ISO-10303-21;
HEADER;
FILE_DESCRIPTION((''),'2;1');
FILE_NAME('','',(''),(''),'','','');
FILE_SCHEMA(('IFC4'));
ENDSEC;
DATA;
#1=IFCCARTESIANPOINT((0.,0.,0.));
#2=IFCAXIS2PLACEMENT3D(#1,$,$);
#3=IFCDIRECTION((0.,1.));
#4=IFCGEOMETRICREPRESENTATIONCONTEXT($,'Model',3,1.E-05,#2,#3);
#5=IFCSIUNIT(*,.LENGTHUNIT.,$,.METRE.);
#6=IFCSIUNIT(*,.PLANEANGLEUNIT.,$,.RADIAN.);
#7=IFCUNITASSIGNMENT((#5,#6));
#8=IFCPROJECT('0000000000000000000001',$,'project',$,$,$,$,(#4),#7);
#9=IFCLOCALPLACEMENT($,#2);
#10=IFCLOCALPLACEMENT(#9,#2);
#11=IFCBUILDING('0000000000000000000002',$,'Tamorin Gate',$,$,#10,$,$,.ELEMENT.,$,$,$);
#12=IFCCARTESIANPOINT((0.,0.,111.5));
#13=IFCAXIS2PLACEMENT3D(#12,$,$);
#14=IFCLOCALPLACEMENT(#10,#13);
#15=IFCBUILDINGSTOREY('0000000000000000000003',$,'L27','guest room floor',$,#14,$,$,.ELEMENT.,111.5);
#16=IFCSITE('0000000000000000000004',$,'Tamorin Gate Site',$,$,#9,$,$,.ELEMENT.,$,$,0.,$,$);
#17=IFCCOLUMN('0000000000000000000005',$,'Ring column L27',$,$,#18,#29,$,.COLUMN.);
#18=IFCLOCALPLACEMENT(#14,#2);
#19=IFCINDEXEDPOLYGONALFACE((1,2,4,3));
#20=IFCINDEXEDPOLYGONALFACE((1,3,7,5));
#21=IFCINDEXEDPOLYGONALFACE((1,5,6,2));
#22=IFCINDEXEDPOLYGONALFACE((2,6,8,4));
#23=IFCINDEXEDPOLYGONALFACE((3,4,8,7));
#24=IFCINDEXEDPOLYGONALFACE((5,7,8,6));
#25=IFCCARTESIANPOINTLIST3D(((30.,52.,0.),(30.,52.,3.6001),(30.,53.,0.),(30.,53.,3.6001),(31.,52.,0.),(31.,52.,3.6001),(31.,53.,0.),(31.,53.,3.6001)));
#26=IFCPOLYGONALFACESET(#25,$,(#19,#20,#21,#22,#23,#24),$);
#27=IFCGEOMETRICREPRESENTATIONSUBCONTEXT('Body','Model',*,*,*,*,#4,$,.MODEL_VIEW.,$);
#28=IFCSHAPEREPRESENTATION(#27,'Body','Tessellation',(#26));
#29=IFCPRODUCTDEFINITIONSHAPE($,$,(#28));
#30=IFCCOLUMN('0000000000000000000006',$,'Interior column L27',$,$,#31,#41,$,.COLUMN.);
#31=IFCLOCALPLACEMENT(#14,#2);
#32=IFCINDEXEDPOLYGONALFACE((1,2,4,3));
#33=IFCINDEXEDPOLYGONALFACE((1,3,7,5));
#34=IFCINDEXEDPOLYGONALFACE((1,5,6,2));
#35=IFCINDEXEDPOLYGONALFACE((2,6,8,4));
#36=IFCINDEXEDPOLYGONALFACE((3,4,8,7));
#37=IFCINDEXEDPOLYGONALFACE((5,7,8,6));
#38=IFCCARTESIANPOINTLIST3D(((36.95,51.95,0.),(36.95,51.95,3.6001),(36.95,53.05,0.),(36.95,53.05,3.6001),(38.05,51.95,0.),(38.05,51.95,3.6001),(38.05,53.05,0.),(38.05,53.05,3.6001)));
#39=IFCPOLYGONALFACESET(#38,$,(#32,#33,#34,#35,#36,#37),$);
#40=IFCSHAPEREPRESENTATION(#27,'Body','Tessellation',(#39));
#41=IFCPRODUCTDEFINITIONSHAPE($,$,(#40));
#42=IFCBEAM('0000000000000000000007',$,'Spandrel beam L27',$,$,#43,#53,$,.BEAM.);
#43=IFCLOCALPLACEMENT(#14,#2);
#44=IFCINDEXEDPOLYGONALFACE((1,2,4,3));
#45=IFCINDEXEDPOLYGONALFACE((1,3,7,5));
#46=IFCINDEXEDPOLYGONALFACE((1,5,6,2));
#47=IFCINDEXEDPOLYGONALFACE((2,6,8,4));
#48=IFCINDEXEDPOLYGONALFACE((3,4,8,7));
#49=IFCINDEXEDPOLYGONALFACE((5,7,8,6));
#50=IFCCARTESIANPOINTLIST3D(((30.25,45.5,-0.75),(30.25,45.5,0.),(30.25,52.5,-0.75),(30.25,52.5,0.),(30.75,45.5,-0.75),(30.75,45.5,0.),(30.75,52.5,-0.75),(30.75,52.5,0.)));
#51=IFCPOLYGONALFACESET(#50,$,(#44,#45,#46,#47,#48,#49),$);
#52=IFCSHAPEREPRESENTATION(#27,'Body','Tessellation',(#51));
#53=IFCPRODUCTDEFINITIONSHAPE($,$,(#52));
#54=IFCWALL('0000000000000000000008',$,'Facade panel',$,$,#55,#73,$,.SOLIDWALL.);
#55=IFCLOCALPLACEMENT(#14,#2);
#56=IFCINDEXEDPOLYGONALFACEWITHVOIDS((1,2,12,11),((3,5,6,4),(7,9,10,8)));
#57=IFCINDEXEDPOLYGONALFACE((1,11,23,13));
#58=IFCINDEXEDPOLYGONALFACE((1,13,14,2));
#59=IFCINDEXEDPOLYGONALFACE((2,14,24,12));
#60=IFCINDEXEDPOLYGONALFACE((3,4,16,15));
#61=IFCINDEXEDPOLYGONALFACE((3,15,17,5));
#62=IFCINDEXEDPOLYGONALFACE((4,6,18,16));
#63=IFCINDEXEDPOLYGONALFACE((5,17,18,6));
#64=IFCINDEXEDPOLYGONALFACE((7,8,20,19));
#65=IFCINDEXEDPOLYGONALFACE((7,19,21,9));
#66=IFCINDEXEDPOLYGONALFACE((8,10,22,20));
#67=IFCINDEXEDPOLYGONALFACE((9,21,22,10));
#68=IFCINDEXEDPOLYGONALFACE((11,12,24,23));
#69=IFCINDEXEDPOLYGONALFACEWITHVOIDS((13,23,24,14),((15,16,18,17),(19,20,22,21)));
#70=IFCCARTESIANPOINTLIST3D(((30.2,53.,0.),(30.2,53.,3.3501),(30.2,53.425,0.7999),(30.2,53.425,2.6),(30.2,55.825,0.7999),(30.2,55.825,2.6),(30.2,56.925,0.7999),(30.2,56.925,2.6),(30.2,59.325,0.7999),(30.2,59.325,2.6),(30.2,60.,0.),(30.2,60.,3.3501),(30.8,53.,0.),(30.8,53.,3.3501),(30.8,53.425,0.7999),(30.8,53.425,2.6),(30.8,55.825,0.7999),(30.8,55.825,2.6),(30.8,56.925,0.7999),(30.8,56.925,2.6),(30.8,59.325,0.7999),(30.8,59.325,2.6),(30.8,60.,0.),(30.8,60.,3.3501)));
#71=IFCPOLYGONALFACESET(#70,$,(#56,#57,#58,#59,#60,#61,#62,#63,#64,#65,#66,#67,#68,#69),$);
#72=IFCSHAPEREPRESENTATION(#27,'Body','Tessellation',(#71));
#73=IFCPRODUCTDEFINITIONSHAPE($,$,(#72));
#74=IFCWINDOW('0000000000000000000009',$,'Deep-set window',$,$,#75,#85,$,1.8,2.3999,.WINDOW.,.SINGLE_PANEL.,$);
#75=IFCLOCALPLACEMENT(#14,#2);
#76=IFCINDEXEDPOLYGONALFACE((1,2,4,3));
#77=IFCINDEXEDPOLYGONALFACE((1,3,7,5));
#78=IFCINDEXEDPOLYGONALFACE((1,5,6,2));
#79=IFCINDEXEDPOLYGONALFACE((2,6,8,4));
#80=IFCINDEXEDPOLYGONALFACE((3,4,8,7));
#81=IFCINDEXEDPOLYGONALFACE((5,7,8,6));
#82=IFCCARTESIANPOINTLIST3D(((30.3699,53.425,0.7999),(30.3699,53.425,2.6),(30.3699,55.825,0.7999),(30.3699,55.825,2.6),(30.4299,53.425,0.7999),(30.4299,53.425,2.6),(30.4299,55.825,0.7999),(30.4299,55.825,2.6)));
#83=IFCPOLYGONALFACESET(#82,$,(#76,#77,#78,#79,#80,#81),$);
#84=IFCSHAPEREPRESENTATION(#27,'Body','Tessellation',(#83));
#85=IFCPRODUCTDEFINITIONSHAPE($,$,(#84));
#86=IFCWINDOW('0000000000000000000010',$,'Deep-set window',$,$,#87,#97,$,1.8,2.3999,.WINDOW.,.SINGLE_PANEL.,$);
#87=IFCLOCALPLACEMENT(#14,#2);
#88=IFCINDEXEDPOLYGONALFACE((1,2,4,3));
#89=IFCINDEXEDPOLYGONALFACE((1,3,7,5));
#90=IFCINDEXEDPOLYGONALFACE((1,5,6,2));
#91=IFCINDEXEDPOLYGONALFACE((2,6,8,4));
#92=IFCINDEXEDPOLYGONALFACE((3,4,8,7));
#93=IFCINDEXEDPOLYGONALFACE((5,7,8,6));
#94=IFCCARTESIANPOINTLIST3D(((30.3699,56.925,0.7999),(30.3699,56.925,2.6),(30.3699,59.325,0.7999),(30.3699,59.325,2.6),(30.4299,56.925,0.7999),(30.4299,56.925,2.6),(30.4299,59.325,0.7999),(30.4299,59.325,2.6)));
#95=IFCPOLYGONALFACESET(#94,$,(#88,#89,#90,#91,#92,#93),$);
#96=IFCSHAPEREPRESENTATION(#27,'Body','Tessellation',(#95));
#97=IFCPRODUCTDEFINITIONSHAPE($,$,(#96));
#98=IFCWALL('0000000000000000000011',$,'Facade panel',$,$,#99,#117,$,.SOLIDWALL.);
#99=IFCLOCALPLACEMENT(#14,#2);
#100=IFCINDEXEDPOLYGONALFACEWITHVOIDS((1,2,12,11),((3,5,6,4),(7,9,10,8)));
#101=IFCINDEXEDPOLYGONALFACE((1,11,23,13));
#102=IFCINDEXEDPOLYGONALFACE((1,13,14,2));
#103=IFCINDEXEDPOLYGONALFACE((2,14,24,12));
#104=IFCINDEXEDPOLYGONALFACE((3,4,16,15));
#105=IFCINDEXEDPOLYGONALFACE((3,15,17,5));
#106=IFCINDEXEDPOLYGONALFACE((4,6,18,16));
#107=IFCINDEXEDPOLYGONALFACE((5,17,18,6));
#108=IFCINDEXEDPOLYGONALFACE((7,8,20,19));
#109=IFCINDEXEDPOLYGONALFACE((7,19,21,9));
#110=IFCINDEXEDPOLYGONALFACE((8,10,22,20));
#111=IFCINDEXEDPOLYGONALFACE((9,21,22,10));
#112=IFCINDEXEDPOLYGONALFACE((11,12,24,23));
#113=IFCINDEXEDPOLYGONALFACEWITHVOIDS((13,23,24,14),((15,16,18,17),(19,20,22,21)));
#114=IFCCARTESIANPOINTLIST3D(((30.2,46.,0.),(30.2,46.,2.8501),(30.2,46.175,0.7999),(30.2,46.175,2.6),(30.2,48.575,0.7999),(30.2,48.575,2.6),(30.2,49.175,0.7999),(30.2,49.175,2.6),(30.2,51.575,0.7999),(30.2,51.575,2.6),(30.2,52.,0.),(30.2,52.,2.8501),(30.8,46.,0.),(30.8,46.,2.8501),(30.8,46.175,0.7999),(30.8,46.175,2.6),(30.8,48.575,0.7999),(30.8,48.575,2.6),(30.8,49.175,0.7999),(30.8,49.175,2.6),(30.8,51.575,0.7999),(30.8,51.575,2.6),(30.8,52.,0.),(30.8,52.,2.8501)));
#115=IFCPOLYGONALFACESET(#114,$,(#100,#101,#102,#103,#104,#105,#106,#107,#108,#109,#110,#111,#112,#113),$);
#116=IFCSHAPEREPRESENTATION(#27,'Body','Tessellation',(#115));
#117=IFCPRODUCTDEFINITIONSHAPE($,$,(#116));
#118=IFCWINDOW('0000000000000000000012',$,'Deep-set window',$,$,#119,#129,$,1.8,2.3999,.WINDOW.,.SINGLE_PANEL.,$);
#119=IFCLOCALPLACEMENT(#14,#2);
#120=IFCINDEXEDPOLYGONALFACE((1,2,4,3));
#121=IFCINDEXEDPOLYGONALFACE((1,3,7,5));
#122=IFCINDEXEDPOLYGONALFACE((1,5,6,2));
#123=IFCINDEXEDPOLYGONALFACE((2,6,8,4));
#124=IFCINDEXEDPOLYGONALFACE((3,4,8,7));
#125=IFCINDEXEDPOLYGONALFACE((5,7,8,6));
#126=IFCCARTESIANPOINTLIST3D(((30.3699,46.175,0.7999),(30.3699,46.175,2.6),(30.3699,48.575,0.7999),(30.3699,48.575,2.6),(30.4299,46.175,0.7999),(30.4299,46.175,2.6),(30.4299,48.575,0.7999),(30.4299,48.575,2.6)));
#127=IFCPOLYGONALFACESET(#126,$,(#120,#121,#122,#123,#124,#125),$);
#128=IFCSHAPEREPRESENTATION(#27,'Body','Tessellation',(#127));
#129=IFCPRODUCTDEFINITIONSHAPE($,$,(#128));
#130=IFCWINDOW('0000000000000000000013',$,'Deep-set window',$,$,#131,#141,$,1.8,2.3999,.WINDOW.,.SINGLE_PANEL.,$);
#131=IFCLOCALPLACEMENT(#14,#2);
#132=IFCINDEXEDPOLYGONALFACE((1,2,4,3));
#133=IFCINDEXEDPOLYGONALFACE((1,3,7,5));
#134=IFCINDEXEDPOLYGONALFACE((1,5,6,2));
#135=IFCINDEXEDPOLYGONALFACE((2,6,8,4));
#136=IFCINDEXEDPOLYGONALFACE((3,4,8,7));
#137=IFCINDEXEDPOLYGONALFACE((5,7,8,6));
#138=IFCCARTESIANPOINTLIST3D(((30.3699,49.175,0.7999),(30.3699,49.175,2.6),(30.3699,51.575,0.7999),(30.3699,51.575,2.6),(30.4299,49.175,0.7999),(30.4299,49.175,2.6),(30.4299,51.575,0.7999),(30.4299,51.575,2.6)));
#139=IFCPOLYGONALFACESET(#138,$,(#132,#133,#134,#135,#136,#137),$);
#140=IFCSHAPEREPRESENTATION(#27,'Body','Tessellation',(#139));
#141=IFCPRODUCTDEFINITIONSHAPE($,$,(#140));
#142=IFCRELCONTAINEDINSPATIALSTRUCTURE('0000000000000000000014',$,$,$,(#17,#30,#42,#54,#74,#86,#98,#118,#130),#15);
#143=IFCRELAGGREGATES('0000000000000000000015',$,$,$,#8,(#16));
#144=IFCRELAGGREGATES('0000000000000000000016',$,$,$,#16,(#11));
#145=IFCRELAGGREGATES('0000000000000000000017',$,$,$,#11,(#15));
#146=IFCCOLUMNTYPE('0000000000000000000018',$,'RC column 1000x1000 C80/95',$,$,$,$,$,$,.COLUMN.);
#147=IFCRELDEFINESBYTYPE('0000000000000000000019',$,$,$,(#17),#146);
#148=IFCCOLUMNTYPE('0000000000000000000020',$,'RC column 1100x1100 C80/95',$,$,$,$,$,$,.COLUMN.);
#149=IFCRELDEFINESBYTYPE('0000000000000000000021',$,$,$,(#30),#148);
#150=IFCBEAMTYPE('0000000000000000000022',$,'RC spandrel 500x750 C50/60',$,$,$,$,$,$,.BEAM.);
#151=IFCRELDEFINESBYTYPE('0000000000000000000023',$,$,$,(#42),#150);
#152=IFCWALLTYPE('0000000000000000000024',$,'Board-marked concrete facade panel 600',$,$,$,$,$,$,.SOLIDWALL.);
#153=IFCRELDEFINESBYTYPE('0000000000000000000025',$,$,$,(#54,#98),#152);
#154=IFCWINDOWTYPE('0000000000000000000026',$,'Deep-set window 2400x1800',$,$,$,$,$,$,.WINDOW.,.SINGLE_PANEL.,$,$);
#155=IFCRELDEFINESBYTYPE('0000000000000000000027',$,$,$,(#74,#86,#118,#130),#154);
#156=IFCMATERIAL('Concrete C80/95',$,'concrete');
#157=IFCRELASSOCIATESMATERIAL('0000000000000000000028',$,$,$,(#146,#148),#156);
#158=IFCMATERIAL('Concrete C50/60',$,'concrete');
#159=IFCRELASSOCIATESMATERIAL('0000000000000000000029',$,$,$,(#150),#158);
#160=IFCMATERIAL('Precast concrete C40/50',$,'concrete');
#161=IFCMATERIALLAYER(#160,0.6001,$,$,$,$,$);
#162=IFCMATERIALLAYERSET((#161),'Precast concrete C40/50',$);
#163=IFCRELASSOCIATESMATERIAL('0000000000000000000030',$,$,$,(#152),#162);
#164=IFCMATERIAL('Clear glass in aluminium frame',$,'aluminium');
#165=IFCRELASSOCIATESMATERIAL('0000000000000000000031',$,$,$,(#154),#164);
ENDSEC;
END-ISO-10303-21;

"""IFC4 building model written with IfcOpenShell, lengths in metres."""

from ifc_helpers import new_model, si_unit, direction, frame, frame_2d, origin, origin_2d, place, context, subcontext, project, spatial, rectangle, extrude, material, layer, layer_set, material_profile, profile_set, type_object, element, fill, save


model = new_model("IFC4")

# Units and contexts
model_context = context("Model", 3, precision=1e-05, world=origin(), true_north=direction((0.0, 1.0)))
body_context = subcontext(model_context, "Body", "Model", "MODEL_VIEW")
ifc_project = project(units=[si_unit("LENGTHUNIT", "METRE"), si_unit("PLANEANGLEUNIT", "RADIAN")], contexts=[model_context])

# Site, building, storey
site_placement = place(None, origin())
site = spatial("IfcSite", under=ifc_project, at=site_placement, Name="Tamorin Gate Site", CompositionType="ELEMENT", RefElevation=0.0)
building_placement = place(site_placement, origin())
building = spatial("IfcBuilding", under=site, at=building_placement, Name="Tamorin Gate", CompositionType="ELEMENT")
storey_placement = place(building_placement, frame((0.0, 0.0, 111.5)))
storey = spatial("IfcBuildingStorey", under=building, at=storey_placement, Name="L27", Description="guest room floor", CompositionType="ELEMENT", Elevation=111.5)

# Columns
ifc_material_1 = material(Name="Concrete C80/95", Category="concrete")
ifc_material_profile_1 = material_profile(ifc_material_1, rectangle(XDim=1.0, YDim=1.0, at=origin_2d()), Name="RC 1000x1000")
ifc_profile_set_1 = profile_set([ifc_material_profile_1], Name="Concrete C80/95")
column_type_1 = type_object("IfcColumnType", Name="RC column 1000x1000 C80/95", PredefinedType="COLUMN", material=ifc_profile_set_1)
column_1_placement = place(storey_placement, frame((30.5, 52.5, 0.0), z_axis=(0.0, 0.0, 1.0), x_axis=(1.0, 0.0, 0.0)))
element("IfcColumn", 1, at=column_1_placement, inside=storey, type_object=column_type_1, Name="Ring column L27", PredefinedType="COLUMN", context=body_context, shape_type="SweptSolid", body=[
    extrude(rectangle(XDim=1.0, YDim=1.0, at=origin_2d()), origin(), (0.0, 0.0, 1.0), 3.6001),
])
ifc_material_profile_2 = material_profile(ifc_material_1, rectangle(XDim=1.1001, YDim=1.1001, at=origin_2d()), Name="RC 1100x1100")
ifc_profile_set_2 = profile_set([ifc_material_profile_2], Name="Concrete C80/95")
column_type_2 = type_object("IfcColumnType", Name="RC column 1100x1100 C80/95", PredefinedType="COLUMN", material=ifc_profile_set_2)
column_2_placement = place(storey_placement, frame((37.5, 52.5, 0.0), z_axis=(0.0, 0.0, 1.0), x_axis=(1.0, 0.0, 0.0)))
element("IfcColumn", 2, at=column_2_placement, inside=storey, type_object=column_type_2, Name="Interior column L27", PredefinedType="COLUMN", context=body_context, shape_type="SweptSolid", body=[
    extrude(rectangle(XDim=1.1001, YDim=1.1001, at=origin_2d()), origin(), (0.0, 0.0, 1.0), 3.6001),
])

# Beam
ifc_material_2 = material(Name="Concrete C50/60", Category="concrete")
ifc_material_profile_3 = material_profile(ifc_material_2, rectangle(XDim=0.5, YDim=0.75, at=origin_2d()), Name="RC 500x750")
ifc_profile_set_3 = profile_set([ifc_material_profile_3], Name="Concrete C50/60")
beam_type = type_object("IfcBeamType", Name="RC spandrel 500x750 C50/60", PredefinedType="BEAM", material=ifc_profile_set_3)
beam_placement = place(storey_placement, frame((30.5, 52.5, -0.375), z_axis=(0.0, -1.0, 0.0), x_axis=(1.0, 0.0, 0.0)))
element("IfcBeam", 3, at=beam_placement, inside=storey, type_object=beam_type, Name="Spandrel beam L27", PredefinedType="BEAM", context=body_context, shape_type="SweptSolid", body=[
    extrude(rectangle(XDim=0.5, YDim=0.75, at=origin_2d()), origin(), (0.0, 0.0, 1.0), 7.0),
])

# Walls, openings, windows
ifc_material_3 = material(Name="Precast concrete C40/50", Category="concrete")
ifc_layer_1 = layer(ifc_material_3, 0.6001)
ifc_layer_set_1 = layer_set([ifc_layer_1], Name="Precast concrete C40/50")
wall_type_1 = type_object("IfcWallType", Name="Board-marked concrete facade panel 600", PredefinedType="SOLIDWALL", material=ifc_layer_set_1)
wall_1_placement = place(storey_placement, frame((30.5, 60.0, 0.0), z_axis=(0.0, 0.0, 1.0), x_axis=(0.0, -1.0, 0.0)))
wall_1 = element("IfcWall", 4, at=wall_1_placement, inside=storey, type_object=wall_type_1, Name="Facade panel", PredefinedType="SOLIDWALL", context=body_context, shape_type="SweptSolid", body=[
    extrude(rectangle(XDim=7.0, YDim=0.6001, at=frame_2d((3.5, 0.0))), origin(), (0.0, 0.0, 1.0), 3.3501),
])
opening_1_placement = place(wall_1_placement, frame((4.175, 0.0, 0.8)))
opening_1 = element("IfcOpeningElement", 5, at=opening_1_placement, cuts=wall_1, PredefinedType="OPENING", context=body_context, shape_type="SweptSolid", body=[
    extrude(rectangle(XDim=2.3999, YDim=1.8, at=frame_2d((1.2, 0.8999))), frame((0.0, 0.3101, 0.0), z_axis=(0.0, -1.0, 0.0), x_axis=(1.0, 0.0, 0.0)), (0.0, 0.0, 1.0), 0.6201),
])
opening_2_placement = place(wall_1_placement, frame((0.675, 0.0, 0.8)))
opening_2 = element("IfcOpeningElement", 6, at=opening_2_placement, cuts=wall_1, PredefinedType="OPENING", context=body_context, shape_type="SweptSolid", body=[
    extrude(rectangle(XDim=2.3999, YDim=1.8, at=frame_2d((1.2, 0.8999))), frame((0.0, 0.3101, 0.0), z_axis=(0.0, -1.0, 0.0), x_axis=(1.0, 0.0, 0.0)), (0.0, 0.0, 1.0), 0.6201),
])
ifc_material_4 = material(Name="Clear glass in aluminium frame", Category="aluminium")
window_type = type_object("IfcWindowType", Name="Deep-set window 2400x1800", PartitioningType="SINGLE_PANEL", PredefinedType="WINDOW", material=ifc_material_4)
window_1_placement = place(opening_1_placement, origin())
window_1 = element("IfcWindow", 7, at=window_1_placement, inside=storey, type_object=window_type, Name="Deep-set window", OverallHeight=1.8, OverallWidth=2.3999, PartitioningType="SINGLE_PANEL", PredefinedType="WINDOW", context=body_context, shape_type="SweptSolid", body=[
    extrude(rectangle(XDim=2.3999, YDim=1.8, at=frame_2d((1.2, 0.8999))), frame((0.0, -0.0701, 0.0), z_axis=(0.0, -1.0, 0.0), x_axis=(1.0, 0.0, 0.0)), (0.0, 0.0, 1.0), 0.0601),
])
fill(opening_1, window_1)
window_2_placement = place(opening_2_placement, origin())
window_2 = element("IfcWindow", 8, at=window_2_placement, inside=storey, type_object=window_type, Name="Deep-set window", OverallHeight=1.8, OverallWidth=2.3999, PartitioningType="SINGLE_PANEL", PredefinedType="WINDOW", context=body_context, shape_type="SweptSolid", body=[
    extrude(rectangle(XDim=2.3999, YDim=1.8, at=frame_2d((1.2, 0.8999))), frame((0.0, -0.0701, 0.0), z_axis=(0.0, -1.0, 0.0), x_axis=(1.0, 0.0, 0.0)), (0.0, 0.0, 1.0), 0.0601),
])
fill(opening_2, window_2)
wall_2_placement = place(storey_placement, frame((30.5, 52.0, 0.0), z_axis=(0.0, 0.0, 1.0), x_axis=(0.0, -1.0, 0.0)))
wall_2 = element("IfcWall", 9, at=wall_2_placement, inside=storey, type_object=wall_type_1, Name="Facade panel", PredefinedType="SOLIDWALL", context=body_context, shape_type="SweptSolid", body=[
    extrude(rectangle(XDim=6.0, YDim=0.6001, at=frame_2d((3.0, 0.0))), origin(), (0.0, 0.0, 1.0), 2.8501),
])
opening_3_placement = place(wall_2_placement, frame((3.425, 0.0, 0.8)))
opening_3 = element("IfcOpeningElement", 10, at=opening_3_placement, cuts=wall_2, PredefinedType="OPENING", context=body_context, shape_type="SweptSolid", body=[
    extrude(rectangle(XDim=2.3999, YDim=1.8, at=frame_2d((1.2, 0.8999))), frame((0.0, 0.3101, 0.0), z_axis=(0.0, -1.0, 0.0), x_axis=(1.0, 0.0, 0.0)), (0.0, 0.0, 1.0), 0.6201),
])
opening_4_placement = place(wall_2_placement, frame((0.425, 0.0, 0.8)))
opening_4 = element("IfcOpeningElement", 11, at=opening_4_placement, cuts=wall_2, PredefinedType="OPENING", context=body_context, shape_type="SweptSolid", body=[
    extrude(rectangle(XDim=2.3999, YDim=1.8, at=frame_2d((1.2, 0.8999))), frame((0.0, 0.3101, 0.0), z_axis=(0.0, -1.0, 0.0), x_axis=(1.0, 0.0, 0.0)), (0.0, 0.0, 1.0), 0.6201),
])
window_3_placement = place(opening_3_placement, origin())
window_3 = element("IfcWindow", 12, at=window_3_placement, inside=storey, type_object=window_type, Name="Deep-set window", OverallHeight=1.8, OverallWidth=2.3999, PartitioningType="SINGLE_PANEL", PredefinedType="WINDOW", context=body_context, shape_type="SweptSolid", body=[
    extrude(rectangle(XDim=2.3999, YDim=1.8, at=frame_2d((1.2, 0.8999))), frame((0.0, -0.0701, 0.0), z_axis=(0.0, -1.0, 0.0), x_axis=(1.0, 0.0, 0.0)), (0.0, 0.0, 1.0), 0.0601),
])
fill(opening_3, window_3)
window_4_placement = place(opening_4_placement, origin())
window_4 = element("IfcWindow", 13, at=window_4_placement, inside=storey, type_object=window_type, Name="Deep-set window", OverallHeight=1.8, OverallWidth=2.3999, PartitioningType="SINGLE_PANEL", PredefinedType="WINDOW", context=body_context, shape_type="SweptSolid", body=[
    extrude(rectangle(XDim=2.3999, YDim=1.8, at=frame_2d((1.2, 0.8999))), frame((0.0, -0.0701, 0.0), z_axis=(0.0, -1.0, 0.0), x_axis=(1.0, 0.0, 0.0)), (0.0, 0.0, 1.0), 0.0601),
])
fill(opening_4, window_4)

save(model, "model.ifc")
